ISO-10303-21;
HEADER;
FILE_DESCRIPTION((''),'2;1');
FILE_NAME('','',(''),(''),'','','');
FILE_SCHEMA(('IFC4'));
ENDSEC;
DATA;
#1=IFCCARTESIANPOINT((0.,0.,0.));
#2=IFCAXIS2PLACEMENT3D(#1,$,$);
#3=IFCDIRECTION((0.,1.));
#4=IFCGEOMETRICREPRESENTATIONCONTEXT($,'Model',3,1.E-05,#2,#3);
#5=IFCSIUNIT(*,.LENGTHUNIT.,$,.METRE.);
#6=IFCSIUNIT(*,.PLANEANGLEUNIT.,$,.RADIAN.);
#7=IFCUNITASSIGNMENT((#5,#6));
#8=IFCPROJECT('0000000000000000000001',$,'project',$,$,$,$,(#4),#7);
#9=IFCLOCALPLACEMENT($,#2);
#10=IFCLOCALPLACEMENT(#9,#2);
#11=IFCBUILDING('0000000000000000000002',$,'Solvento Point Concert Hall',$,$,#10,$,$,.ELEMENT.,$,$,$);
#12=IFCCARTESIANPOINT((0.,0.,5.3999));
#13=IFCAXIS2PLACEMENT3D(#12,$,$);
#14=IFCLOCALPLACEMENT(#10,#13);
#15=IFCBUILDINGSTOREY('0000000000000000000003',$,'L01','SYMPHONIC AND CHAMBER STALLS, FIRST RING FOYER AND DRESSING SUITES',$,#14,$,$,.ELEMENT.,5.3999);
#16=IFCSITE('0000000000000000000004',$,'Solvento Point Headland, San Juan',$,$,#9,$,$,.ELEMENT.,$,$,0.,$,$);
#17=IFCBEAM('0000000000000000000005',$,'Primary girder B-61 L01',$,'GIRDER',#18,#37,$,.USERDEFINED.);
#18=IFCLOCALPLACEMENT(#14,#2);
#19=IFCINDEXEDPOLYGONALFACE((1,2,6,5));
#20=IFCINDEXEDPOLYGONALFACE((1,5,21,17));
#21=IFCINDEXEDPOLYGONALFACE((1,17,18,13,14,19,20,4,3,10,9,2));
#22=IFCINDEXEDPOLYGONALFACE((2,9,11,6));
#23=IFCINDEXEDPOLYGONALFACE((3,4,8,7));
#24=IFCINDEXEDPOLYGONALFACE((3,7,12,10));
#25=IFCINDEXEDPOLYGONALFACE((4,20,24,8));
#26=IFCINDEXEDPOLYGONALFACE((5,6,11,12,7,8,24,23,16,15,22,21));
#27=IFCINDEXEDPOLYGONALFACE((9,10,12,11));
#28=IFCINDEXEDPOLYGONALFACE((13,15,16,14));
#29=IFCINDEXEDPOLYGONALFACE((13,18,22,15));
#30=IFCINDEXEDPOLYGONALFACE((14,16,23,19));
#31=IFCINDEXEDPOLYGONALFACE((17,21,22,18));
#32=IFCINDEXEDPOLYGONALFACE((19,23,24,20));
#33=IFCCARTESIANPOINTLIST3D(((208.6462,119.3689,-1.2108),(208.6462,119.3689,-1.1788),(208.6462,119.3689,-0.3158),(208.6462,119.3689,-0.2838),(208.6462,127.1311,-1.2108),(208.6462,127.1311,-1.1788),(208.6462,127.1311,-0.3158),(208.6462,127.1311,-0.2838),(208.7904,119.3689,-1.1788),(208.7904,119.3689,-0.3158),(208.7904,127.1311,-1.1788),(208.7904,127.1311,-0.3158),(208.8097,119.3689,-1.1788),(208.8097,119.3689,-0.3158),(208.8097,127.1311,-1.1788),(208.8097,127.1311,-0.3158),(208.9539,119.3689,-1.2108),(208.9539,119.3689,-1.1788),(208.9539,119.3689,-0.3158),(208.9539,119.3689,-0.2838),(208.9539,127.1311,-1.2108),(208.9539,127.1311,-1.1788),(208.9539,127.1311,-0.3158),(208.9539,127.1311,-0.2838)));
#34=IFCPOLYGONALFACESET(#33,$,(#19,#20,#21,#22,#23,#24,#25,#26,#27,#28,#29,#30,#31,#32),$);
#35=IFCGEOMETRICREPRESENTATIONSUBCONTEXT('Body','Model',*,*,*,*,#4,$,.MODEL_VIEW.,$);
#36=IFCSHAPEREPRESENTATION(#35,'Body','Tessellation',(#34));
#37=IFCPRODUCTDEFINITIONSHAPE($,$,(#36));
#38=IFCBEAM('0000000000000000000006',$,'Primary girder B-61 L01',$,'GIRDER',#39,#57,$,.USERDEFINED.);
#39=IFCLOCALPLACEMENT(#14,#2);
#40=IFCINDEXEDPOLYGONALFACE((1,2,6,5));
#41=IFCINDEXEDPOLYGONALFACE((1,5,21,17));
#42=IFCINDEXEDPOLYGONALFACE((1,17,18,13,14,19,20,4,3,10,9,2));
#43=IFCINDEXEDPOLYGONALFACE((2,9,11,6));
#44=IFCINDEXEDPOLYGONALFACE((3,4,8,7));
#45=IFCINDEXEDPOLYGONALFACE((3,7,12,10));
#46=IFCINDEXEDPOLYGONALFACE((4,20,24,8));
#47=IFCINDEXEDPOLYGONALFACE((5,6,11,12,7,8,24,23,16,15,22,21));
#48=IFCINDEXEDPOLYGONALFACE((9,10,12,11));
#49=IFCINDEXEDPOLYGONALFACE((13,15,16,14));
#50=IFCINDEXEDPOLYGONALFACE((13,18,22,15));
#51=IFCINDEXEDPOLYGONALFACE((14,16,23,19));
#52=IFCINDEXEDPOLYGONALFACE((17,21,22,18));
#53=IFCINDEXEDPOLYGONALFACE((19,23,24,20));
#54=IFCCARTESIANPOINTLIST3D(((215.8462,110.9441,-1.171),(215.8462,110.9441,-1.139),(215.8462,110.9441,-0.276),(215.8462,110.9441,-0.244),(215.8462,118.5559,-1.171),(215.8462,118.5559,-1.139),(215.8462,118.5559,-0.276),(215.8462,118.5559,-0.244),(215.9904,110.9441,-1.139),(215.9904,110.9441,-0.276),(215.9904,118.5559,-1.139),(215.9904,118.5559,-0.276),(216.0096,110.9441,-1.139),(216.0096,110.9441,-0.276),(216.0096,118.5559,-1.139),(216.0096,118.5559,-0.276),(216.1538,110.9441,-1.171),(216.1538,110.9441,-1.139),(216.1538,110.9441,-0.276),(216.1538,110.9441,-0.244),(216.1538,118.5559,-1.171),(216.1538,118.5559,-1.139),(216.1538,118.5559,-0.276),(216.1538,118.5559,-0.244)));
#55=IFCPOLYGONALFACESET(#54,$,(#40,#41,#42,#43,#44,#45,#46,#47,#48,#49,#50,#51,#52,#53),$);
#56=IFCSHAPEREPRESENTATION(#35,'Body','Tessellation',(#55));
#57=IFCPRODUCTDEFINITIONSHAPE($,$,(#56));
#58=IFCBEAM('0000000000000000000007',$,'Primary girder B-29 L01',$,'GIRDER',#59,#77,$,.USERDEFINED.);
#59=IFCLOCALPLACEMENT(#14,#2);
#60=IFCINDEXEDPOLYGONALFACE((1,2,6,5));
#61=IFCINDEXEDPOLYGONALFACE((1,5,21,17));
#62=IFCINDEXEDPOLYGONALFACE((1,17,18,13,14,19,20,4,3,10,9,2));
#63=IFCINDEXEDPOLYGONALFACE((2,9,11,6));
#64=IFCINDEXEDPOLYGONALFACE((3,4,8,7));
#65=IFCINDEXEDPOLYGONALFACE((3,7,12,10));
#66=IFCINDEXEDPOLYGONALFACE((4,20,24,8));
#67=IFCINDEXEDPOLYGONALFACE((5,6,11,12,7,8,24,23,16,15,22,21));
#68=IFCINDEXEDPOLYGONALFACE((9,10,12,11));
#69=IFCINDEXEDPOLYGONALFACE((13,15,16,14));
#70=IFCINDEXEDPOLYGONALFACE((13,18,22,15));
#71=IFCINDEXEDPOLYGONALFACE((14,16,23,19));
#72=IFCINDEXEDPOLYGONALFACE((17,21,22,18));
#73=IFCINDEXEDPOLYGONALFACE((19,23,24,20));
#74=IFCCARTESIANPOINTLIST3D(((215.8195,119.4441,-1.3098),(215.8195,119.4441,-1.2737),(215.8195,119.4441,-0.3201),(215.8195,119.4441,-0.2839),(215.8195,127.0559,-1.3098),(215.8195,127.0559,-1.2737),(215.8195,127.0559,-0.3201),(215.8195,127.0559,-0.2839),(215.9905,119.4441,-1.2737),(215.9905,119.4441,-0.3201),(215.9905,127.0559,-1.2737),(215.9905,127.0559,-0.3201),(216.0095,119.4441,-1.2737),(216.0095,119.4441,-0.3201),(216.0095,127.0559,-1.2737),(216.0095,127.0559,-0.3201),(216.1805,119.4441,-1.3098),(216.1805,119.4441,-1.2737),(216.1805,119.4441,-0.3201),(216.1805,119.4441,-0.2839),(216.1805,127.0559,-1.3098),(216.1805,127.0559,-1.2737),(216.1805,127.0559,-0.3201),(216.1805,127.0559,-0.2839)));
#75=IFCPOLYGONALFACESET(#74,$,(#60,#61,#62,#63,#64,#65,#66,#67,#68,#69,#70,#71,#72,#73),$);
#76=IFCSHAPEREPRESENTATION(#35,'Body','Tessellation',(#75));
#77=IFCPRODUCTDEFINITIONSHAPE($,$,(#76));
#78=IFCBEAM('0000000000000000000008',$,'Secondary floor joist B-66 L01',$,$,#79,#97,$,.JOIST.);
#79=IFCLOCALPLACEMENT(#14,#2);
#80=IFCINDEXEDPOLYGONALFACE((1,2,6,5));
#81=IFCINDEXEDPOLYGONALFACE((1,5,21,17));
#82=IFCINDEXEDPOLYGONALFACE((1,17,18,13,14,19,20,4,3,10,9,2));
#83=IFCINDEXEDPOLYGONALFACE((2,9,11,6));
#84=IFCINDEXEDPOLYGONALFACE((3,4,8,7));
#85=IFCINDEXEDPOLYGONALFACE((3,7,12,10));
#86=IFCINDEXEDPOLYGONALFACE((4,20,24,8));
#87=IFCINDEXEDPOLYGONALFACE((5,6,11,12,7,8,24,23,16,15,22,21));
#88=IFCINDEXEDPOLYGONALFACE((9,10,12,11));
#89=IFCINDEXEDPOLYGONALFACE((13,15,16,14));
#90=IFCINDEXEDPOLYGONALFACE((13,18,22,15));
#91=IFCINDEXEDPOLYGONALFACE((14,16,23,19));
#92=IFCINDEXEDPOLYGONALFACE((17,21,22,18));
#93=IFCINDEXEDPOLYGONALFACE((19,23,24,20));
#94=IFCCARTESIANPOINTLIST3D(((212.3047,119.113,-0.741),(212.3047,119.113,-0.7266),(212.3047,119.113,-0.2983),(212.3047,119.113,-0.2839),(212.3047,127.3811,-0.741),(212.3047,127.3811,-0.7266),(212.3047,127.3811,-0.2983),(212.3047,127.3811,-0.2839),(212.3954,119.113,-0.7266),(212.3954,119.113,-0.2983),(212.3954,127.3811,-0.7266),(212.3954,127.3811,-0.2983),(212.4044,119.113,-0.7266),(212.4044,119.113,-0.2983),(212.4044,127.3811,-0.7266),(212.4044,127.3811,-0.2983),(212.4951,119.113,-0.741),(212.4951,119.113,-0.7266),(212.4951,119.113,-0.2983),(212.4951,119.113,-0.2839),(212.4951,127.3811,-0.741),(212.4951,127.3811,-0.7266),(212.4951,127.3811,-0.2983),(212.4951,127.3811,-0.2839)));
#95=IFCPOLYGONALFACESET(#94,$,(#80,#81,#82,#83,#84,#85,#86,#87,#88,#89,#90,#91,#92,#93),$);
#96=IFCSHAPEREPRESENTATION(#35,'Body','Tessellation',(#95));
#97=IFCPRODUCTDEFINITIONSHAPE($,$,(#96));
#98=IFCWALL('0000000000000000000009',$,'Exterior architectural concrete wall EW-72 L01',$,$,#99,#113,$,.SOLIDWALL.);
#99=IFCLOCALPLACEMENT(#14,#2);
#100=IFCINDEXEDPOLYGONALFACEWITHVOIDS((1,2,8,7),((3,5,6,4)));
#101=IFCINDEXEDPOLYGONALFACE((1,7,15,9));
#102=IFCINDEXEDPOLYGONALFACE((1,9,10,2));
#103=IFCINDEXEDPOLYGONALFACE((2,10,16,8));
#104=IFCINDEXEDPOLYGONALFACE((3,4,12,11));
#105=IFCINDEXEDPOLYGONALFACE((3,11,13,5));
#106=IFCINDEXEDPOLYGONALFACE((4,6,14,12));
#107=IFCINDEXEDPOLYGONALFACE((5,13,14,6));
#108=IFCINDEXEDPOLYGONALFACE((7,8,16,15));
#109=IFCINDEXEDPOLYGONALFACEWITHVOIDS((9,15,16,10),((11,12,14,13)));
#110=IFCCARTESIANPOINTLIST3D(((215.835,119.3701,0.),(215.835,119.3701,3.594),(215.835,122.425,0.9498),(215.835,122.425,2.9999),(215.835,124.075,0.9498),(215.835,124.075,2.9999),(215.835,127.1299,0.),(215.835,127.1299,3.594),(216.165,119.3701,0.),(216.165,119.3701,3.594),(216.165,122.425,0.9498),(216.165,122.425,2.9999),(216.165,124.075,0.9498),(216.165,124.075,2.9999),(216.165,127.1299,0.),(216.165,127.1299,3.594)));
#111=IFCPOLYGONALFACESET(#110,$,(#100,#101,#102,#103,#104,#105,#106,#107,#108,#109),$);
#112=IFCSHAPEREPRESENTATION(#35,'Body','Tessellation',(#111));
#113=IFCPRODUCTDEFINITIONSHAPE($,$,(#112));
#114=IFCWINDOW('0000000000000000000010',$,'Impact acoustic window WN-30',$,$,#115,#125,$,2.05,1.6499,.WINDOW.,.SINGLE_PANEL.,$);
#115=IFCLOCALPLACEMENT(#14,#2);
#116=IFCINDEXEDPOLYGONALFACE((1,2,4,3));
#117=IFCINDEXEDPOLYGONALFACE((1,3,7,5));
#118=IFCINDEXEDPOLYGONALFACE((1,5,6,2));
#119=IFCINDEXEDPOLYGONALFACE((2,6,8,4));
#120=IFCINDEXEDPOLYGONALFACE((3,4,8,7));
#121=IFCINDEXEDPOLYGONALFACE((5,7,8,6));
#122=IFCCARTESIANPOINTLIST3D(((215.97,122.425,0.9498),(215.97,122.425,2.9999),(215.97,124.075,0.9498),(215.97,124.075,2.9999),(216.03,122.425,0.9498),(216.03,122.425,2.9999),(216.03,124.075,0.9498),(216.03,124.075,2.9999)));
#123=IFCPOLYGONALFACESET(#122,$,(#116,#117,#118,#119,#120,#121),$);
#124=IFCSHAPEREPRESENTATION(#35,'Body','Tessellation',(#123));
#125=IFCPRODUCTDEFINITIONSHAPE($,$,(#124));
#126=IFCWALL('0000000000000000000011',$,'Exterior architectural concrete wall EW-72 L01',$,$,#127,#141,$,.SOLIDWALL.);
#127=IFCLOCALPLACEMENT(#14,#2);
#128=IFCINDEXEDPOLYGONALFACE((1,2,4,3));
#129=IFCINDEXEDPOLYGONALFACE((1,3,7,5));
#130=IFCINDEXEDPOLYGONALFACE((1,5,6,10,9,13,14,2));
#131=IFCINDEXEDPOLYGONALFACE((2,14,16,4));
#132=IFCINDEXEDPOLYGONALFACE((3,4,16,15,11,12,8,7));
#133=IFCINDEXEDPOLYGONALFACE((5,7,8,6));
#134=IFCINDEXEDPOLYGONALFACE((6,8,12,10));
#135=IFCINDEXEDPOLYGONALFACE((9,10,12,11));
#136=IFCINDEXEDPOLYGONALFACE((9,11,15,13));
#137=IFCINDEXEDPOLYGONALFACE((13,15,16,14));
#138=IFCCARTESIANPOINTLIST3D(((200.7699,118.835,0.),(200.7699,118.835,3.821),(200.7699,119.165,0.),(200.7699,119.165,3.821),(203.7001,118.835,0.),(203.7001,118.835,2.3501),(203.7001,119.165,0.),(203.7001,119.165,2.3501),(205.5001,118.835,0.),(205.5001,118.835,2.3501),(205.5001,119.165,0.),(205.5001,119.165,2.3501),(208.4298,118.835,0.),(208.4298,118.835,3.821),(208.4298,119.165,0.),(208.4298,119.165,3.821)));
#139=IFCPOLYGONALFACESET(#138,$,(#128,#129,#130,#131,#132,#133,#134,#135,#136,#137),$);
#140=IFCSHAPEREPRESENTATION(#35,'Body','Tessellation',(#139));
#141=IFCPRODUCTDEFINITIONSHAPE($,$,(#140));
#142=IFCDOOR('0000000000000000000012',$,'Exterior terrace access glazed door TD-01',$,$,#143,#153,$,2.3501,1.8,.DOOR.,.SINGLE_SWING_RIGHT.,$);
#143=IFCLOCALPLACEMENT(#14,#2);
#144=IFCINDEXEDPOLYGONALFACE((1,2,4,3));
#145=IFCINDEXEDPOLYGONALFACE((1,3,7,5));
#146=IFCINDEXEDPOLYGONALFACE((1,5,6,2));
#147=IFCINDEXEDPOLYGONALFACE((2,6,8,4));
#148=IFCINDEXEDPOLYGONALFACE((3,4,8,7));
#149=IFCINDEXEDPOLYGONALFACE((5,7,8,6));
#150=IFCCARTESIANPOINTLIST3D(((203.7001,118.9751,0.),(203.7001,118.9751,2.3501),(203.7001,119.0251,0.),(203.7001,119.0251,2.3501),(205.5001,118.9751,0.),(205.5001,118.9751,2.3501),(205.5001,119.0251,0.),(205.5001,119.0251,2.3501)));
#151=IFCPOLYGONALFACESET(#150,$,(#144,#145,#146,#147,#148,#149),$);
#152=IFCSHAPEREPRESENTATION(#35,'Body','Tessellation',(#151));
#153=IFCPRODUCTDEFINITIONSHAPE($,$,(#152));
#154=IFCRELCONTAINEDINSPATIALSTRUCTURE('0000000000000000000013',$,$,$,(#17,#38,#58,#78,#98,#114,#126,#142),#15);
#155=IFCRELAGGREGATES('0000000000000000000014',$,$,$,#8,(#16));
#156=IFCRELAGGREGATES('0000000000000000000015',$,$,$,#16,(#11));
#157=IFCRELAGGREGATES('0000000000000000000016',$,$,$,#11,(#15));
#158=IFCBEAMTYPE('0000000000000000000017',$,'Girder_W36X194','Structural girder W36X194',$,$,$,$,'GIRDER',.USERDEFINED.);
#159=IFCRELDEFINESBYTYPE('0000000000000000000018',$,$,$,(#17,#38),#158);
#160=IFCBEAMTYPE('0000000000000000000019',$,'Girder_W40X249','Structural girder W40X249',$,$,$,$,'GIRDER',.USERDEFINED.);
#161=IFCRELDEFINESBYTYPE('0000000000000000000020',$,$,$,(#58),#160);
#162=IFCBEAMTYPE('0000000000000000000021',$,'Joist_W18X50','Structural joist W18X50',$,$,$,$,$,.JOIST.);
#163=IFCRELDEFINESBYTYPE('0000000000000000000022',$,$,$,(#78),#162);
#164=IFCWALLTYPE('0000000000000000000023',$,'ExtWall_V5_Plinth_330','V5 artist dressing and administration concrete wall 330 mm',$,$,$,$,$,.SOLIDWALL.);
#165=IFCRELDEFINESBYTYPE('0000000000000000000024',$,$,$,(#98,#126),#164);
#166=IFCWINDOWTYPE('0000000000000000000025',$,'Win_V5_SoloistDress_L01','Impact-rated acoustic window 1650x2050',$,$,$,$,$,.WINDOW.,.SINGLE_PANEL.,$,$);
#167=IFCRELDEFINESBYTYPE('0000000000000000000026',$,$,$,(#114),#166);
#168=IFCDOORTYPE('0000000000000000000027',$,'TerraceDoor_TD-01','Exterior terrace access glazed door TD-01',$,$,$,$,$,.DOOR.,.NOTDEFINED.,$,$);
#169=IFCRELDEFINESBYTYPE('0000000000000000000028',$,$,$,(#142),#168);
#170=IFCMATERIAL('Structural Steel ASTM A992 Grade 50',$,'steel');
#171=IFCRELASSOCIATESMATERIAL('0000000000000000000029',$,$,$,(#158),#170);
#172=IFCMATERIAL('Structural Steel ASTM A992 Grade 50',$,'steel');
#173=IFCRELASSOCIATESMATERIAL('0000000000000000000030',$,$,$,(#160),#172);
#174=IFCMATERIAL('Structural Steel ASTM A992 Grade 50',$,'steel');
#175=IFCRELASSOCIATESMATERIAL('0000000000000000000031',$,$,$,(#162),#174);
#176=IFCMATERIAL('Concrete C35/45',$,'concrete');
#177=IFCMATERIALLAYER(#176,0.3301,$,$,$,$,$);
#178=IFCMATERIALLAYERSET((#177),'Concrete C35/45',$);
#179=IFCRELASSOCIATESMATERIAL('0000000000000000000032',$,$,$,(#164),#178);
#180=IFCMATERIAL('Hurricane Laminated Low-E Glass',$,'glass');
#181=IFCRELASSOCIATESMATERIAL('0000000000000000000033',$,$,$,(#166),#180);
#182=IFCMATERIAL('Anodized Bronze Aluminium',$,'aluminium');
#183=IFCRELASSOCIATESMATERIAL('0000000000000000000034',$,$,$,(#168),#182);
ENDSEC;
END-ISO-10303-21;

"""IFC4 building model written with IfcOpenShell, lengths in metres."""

from ifc_helpers import new_model, si_unit, direction, frame, frame_2d, origin, origin_2d, place, context, subcontext, project, spatial, rectangle, i_section, extrude, material, layer, layer_set, material_profile, profile_set, type_object, element, fill, save


model = new_model("IFC4")

# Units and contexts
model_context = context("Model", 3, precision=1e-05, world=origin(), true_north=direction((0.0, 1.0)))
body_context = subcontext(model_context, "Body", "Model", "MODEL_VIEW")
ifc_project = project(units=[si_unit("LENGTHUNIT", "METRE"), si_unit("PLANEANGLEUNIT", "RADIAN")], contexts=[model_context])

# Site, building, storey
site_placement = place(None, origin())
site = spatial("IfcSite", under=ifc_project, at=site_placement, Name="Solvento Point Headland, San Juan", CompositionType="ELEMENT", RefElevation=0.0)
building_placement = place(site_placement, origin())
building = spatial("IfcBuilding", under=site, at=building_placement, Name="Solvento Point Concert Hall", CompositionType="ELEMENT")
storey_placement = place(building_placement, frame((0.0, 0.0, 5.3999)))
storey = spatial("IfcBuildingStorey", under=building, at=storey_placement, Name="L01", Description="SYMPHONIC AND CHAMBER STALLS, FIRST RING FOYER AND DRESSING SUITES", CompositionType="ELEMENT", Elevation=5.3999)

# Beams
ifc_material_1 = material(Name="Structural Steel ASTM A992 Grade 50", Category="steel")
ifc_material_profile_1 = material_profile(ifc_material_1, i_section(OverallWidth=0.3076, OverallDepth=0.927, WebThickness=0.0193, FlangeThickness=0.032, at=origin_2d()), Name="W36X194")
ifc_profile_set_1 = profile_set([ifc_material_profile_1], Name="Structural Steel ASTM A992 Grade 50")
beam_type_1 = type_object("IfcBeamType", Name="Girder_W36X194", Description="Structural girder W36X194", ElementType="GIRDER", PredefinedType="USERDEFINED", material=ifc_profile_set_1)
beam_1_placement = place(storey_placement, frame((208.8, 119.3689, -0.7473), z_axis=(0.0, 1.0, 0.0), x_axis=(-1.0, 0.0, 0.0)))
element("IfcBeam", 1, at=beam_1_placement, inside=storey, type_object=beam_type_1, Name="Primary girder B-61 L01", ObjectType="GIRDER", PredefinedType="USERDEFINED", context=body_context, shape_type="SweptSolid", body=[
    extrude(i_section(OverallWidth=0.3076, OverallDepth=0.927, WebThickness=0.0193, FlangeThickness=0.032, at=origin_2d()), origin(), (0.0, 0.0, 1.0), 7.7622),
])
beam_2_placement = place(storey_placement, frame((216.0, 110.9441, -0.7075), z_axis=(0.0, 1.0, 0.0), x_axis=(-1.0, 0.0, 0.0)))
element("IfcBeam", 2, at=beam_2_placement, inside=storey, type_object=beam_type_1, Name="Primary girder B-61 L01", ObjectType="GIRDER", PredefinedType="USERDEFINED", context=body_context, shape_type="SweptSolid", body=[
    extrude(i_section(OverallWidth=0.3076, OverallDepth=0.927, WebThickness=0.0193, FlangeThickness=0.032, at=origin_2d()), origin(), (0.0, 0.0, 1.0), 7.6118),
])
ifc_material_2 = material(Name="Structural Steel ASTM A992 Grade 50", Category="steel")
ifc_material_profile_2 = material_profile(ifc_material_2, i_section(OverallWidth=0.3611, OverallDepth=1.0259, WebThickness=0.019, FlangeThickness=0.0361, at=origin_2d()), Name="W40X249")
ifc_profile_set_2 = profile_set([ifc_material_profile_2], Name="Structural Steel ASTM A992 Grade 50")
beam_type_2 = type_object("IfcBeamType", Name="Girder_W40X249", Description="Structural girder W40X249", ElementType="GIRDER", PredefinedType="USERDEFINED", material=ifc_profile_set_2)
beam_3_placement = place(storey_placement, frame((216.0, 119.4441, -0.7969), z_axis=(0.0, 1.0, 0.0), x_axis=(-1.0, 0.0, 0.0)))
element("IfcBeam", 3, at=beam_3_placement, inside=storey, type_object=beam_type_2, Name="Primary girder B-29 L01", ObjectType="GIRDER", PredefinedType="USERDEFINED", context=body_context, shape_type="SweptSolid", body=[
    extrude(i_section(OverallWidth=0.3611, OverallDepth=1.0259, WebThickness=0.019, FlangeThickness=0.0361, at=origin_2d()), origin(), (0.0, 0.0, 1.0), 7.6118),
])
ifc_material_3 = material(Name="Structural Steel ASTM A992 Grade 50", Category="steel")
ifc_material_profile_3 = material_profile(ifc_material_3, i_section(OverallWidth=0.1904, OverallDepth=0.457, WebThickness=0.009, FlangeThickness=0.0144, at=origin_2d()), Name="W18X50")
ifc_profile_set_3 = profile_set([ifc_material_profile_3], Name="Structural Steel ASTM A992 Grade 50")
beam_type_3 = type_object("IfcBeamType", Name="Joist_W18X50", Description="Structural joist W18X50", PredefinedType="JOIST", material=ifc_profile_set_3)
beam_4_placement = place(storey_placement, frame((212.3999, 119.113, -0.5125), z_axis=(0.0, 1.0, 0.0), x_axis=(-1.0, 0.0, 0.0)))
element("IfcBeam", 4, at=beam_4_placement, inside=storey, type_object=beam_type_3, Name="Secondary floor joist B-66 L01", PredefinedType="JOIST", context=body_context, shape_type="SweptSolid", body=[
    extrude(i_section(OverallWidth=0.1904, OverallDepth=0.457, WebThickness=0.009, FlangeThickness=0.0144, at=origin_2d()), origin(), (0.0, 0.0, 1.0), 8.2681),
])

# Wall, opening, window
ifc_material_4 = material(Name="Concrete C35/45", Category="concrete")
ifc_layer = layer(ifc_material_4, 0.3301)
ifc_layer_set = layer_set([ifc_layer], Name="Concrete C35/45")
wall_type = type_object("IfcWallType", Name="ExtWall_V5_Plinth_330", Description="V5 artist dressing and administration concrete wall 330 mm", PredefinedType="SOLIDWALL", material=ifc_layer_set)
wall_1_placement = place(storey_placement, frame((216.0, 127.1299, 0.0), z_axis=(0.0, 0.0, 1.0), x_axis=(0.0, -1.0, 0.0)))
wall_1 = element("IfcWall", 5, at=wall_1_placement, inside=storey, type_object=wall_type, Name="Exterior architectural concrete wall EW-72 L01", PredefinedType="SOLIDWALL", context=body_context, shape_type="SweptSolid", body=[
    extrude(rectangle(XDim=7.7598, YDim=0.3301, at=frame_2d((3.8799, 0.0))), origin(), (0.0, 0.0, 1.0), 3.594),
])
opening_1_placement = place(wall_1_placement, frame((3.0549, 0.0, 0.95)))
opening_1 = element("IfcOpeningElement", 6, at=opening_1_placement, cuts=wall_1, PredefinedType="OPENING", context=body_context, shape_type="SweptSolid", body=[
    extrude(rectangle(XDim=1.6499, YDim=2.05, at=frame_2d((0.825, 1.0249))), frame((0.0, 0.175, 0.0), z_axis=(0.0, -1.0, 0.0), x_axis=(1.0, 0.0, 0.0)), (0.0, 0.0, 1.0), 0.3501),
])
ifc_material_5 = material(Name="Hurricane Laminated Low-E Glass", Category="glass")
window_type = type_object("IfcWindowType", Name="Win_V5_SoloistDress_L01", Description="Impact-rated acoustic window 1650x2050", PartitioningType="SINGLE_PANEL", PredefinedType="WINDOW", material=ifc_material_5)
window_1_placement = place(opening_1_placement, origin())
window_1 = element("IfcWindow", 7, at=window_1_placement, inside=storey, type_object=window_type, Name="Impact acoustic window WN-30", OverallHeight=2.05, OverallWidth=1.6499, PartitioningType="SINGLE_PANEL", PredefinedType="WINDOW", context=body_context, shape_type="SweptSolid", body=[
    extrude(rectangle(XDim=1.6499, YDim=2.05, at=frame_2d((0.825, 1.0249))), frame((0.0, 0.03, 0.0), z_axis=(0.0, -1.0, 0.0), x_axis=(1.0, 0.0, 0.0)), (0.0, 0.0, 1.0), 0.0601),
])
fill(opening_1, window_1)

# Wall, opening, door
wall_2_placement = place(storey_placement, frame((208.4299, 119.0, 0.0), z_axis=(0.0, 0.0, 1.0), x_axis=(-1.0, 0.0, 0.0)))
wall_2 = element("IfcWall", 8, at=wall_2_placement, inside=storey, type_object=wall_type, Name="Exterior architectural concrete wall EW-72 L01", PredefinedType="SOLIDWALL", context=body_context, shape_type="SweptSolid", body=[
    extrude(rectangle(XDim=7.6599, YDim=0.3301, at=frame_2d((3.8301, 0.0))), origin(), (0.0, 0.0, 1.0), 3.821),
])
opening_2_placement = place(wall_2_placement, frame((2.9299, 0.0, 0.0)))
opening_2 = element("IfcOpeningElement", 9, at=opening_2_placement, cuts=wall_2, PredefinedType="OPENING", context=body_context, shape_type="SweptSolid", body=[
    extrude(rectangle(XDim=1.8, YDim=2.3501, at=frame_2d((0.8999, 1.175))), frame((0.0, 0.175, 0.0), z_axis=(0.0, -1.0, 0.0), x_axis=(1.0, 0.0, 0.0)), (0.0, 0.0, 1.0), 0.3501),
])
ifc_material_6 = material(Name="Anodized Bronze Aluminium", Category="aluminium")
door_type = type_object("IfcDoorType", Name="TerraceDoor_TD-01", Description="Exterior terrace access glazed door TD-01", OperationType="NOTDEFINED", PredefinedType="DOOR", material=ifc_material_6)
door_placement = place(opening_2_placement, origin())
door = element("IfcDoor", 10, at=door_placement, inside=storey, type_object=door_type, Name="Exterior terrace access glazed door TD-01", OperationType="SINGLE_SWING_RIGHT", OverallHeight=2.3501, OverallWidth=1.8, PredefinedType="DOOR", context=body_context, shape_type="SweptSolid", body=[
    extrude(rectangle(XDim=1.8, YDim=2.3501, at=frame_2d((0.8999, 1.175))), frame((0.0, 0.0249, 0.0), z_axis=(0.0, -1.0, 0.0), x_axis=(1.0, 0.0, 0.0)), (0.0, 0.0, 1.0), 0.05),
])
fill(opening_2, door)

save(model, "model.ifc")
